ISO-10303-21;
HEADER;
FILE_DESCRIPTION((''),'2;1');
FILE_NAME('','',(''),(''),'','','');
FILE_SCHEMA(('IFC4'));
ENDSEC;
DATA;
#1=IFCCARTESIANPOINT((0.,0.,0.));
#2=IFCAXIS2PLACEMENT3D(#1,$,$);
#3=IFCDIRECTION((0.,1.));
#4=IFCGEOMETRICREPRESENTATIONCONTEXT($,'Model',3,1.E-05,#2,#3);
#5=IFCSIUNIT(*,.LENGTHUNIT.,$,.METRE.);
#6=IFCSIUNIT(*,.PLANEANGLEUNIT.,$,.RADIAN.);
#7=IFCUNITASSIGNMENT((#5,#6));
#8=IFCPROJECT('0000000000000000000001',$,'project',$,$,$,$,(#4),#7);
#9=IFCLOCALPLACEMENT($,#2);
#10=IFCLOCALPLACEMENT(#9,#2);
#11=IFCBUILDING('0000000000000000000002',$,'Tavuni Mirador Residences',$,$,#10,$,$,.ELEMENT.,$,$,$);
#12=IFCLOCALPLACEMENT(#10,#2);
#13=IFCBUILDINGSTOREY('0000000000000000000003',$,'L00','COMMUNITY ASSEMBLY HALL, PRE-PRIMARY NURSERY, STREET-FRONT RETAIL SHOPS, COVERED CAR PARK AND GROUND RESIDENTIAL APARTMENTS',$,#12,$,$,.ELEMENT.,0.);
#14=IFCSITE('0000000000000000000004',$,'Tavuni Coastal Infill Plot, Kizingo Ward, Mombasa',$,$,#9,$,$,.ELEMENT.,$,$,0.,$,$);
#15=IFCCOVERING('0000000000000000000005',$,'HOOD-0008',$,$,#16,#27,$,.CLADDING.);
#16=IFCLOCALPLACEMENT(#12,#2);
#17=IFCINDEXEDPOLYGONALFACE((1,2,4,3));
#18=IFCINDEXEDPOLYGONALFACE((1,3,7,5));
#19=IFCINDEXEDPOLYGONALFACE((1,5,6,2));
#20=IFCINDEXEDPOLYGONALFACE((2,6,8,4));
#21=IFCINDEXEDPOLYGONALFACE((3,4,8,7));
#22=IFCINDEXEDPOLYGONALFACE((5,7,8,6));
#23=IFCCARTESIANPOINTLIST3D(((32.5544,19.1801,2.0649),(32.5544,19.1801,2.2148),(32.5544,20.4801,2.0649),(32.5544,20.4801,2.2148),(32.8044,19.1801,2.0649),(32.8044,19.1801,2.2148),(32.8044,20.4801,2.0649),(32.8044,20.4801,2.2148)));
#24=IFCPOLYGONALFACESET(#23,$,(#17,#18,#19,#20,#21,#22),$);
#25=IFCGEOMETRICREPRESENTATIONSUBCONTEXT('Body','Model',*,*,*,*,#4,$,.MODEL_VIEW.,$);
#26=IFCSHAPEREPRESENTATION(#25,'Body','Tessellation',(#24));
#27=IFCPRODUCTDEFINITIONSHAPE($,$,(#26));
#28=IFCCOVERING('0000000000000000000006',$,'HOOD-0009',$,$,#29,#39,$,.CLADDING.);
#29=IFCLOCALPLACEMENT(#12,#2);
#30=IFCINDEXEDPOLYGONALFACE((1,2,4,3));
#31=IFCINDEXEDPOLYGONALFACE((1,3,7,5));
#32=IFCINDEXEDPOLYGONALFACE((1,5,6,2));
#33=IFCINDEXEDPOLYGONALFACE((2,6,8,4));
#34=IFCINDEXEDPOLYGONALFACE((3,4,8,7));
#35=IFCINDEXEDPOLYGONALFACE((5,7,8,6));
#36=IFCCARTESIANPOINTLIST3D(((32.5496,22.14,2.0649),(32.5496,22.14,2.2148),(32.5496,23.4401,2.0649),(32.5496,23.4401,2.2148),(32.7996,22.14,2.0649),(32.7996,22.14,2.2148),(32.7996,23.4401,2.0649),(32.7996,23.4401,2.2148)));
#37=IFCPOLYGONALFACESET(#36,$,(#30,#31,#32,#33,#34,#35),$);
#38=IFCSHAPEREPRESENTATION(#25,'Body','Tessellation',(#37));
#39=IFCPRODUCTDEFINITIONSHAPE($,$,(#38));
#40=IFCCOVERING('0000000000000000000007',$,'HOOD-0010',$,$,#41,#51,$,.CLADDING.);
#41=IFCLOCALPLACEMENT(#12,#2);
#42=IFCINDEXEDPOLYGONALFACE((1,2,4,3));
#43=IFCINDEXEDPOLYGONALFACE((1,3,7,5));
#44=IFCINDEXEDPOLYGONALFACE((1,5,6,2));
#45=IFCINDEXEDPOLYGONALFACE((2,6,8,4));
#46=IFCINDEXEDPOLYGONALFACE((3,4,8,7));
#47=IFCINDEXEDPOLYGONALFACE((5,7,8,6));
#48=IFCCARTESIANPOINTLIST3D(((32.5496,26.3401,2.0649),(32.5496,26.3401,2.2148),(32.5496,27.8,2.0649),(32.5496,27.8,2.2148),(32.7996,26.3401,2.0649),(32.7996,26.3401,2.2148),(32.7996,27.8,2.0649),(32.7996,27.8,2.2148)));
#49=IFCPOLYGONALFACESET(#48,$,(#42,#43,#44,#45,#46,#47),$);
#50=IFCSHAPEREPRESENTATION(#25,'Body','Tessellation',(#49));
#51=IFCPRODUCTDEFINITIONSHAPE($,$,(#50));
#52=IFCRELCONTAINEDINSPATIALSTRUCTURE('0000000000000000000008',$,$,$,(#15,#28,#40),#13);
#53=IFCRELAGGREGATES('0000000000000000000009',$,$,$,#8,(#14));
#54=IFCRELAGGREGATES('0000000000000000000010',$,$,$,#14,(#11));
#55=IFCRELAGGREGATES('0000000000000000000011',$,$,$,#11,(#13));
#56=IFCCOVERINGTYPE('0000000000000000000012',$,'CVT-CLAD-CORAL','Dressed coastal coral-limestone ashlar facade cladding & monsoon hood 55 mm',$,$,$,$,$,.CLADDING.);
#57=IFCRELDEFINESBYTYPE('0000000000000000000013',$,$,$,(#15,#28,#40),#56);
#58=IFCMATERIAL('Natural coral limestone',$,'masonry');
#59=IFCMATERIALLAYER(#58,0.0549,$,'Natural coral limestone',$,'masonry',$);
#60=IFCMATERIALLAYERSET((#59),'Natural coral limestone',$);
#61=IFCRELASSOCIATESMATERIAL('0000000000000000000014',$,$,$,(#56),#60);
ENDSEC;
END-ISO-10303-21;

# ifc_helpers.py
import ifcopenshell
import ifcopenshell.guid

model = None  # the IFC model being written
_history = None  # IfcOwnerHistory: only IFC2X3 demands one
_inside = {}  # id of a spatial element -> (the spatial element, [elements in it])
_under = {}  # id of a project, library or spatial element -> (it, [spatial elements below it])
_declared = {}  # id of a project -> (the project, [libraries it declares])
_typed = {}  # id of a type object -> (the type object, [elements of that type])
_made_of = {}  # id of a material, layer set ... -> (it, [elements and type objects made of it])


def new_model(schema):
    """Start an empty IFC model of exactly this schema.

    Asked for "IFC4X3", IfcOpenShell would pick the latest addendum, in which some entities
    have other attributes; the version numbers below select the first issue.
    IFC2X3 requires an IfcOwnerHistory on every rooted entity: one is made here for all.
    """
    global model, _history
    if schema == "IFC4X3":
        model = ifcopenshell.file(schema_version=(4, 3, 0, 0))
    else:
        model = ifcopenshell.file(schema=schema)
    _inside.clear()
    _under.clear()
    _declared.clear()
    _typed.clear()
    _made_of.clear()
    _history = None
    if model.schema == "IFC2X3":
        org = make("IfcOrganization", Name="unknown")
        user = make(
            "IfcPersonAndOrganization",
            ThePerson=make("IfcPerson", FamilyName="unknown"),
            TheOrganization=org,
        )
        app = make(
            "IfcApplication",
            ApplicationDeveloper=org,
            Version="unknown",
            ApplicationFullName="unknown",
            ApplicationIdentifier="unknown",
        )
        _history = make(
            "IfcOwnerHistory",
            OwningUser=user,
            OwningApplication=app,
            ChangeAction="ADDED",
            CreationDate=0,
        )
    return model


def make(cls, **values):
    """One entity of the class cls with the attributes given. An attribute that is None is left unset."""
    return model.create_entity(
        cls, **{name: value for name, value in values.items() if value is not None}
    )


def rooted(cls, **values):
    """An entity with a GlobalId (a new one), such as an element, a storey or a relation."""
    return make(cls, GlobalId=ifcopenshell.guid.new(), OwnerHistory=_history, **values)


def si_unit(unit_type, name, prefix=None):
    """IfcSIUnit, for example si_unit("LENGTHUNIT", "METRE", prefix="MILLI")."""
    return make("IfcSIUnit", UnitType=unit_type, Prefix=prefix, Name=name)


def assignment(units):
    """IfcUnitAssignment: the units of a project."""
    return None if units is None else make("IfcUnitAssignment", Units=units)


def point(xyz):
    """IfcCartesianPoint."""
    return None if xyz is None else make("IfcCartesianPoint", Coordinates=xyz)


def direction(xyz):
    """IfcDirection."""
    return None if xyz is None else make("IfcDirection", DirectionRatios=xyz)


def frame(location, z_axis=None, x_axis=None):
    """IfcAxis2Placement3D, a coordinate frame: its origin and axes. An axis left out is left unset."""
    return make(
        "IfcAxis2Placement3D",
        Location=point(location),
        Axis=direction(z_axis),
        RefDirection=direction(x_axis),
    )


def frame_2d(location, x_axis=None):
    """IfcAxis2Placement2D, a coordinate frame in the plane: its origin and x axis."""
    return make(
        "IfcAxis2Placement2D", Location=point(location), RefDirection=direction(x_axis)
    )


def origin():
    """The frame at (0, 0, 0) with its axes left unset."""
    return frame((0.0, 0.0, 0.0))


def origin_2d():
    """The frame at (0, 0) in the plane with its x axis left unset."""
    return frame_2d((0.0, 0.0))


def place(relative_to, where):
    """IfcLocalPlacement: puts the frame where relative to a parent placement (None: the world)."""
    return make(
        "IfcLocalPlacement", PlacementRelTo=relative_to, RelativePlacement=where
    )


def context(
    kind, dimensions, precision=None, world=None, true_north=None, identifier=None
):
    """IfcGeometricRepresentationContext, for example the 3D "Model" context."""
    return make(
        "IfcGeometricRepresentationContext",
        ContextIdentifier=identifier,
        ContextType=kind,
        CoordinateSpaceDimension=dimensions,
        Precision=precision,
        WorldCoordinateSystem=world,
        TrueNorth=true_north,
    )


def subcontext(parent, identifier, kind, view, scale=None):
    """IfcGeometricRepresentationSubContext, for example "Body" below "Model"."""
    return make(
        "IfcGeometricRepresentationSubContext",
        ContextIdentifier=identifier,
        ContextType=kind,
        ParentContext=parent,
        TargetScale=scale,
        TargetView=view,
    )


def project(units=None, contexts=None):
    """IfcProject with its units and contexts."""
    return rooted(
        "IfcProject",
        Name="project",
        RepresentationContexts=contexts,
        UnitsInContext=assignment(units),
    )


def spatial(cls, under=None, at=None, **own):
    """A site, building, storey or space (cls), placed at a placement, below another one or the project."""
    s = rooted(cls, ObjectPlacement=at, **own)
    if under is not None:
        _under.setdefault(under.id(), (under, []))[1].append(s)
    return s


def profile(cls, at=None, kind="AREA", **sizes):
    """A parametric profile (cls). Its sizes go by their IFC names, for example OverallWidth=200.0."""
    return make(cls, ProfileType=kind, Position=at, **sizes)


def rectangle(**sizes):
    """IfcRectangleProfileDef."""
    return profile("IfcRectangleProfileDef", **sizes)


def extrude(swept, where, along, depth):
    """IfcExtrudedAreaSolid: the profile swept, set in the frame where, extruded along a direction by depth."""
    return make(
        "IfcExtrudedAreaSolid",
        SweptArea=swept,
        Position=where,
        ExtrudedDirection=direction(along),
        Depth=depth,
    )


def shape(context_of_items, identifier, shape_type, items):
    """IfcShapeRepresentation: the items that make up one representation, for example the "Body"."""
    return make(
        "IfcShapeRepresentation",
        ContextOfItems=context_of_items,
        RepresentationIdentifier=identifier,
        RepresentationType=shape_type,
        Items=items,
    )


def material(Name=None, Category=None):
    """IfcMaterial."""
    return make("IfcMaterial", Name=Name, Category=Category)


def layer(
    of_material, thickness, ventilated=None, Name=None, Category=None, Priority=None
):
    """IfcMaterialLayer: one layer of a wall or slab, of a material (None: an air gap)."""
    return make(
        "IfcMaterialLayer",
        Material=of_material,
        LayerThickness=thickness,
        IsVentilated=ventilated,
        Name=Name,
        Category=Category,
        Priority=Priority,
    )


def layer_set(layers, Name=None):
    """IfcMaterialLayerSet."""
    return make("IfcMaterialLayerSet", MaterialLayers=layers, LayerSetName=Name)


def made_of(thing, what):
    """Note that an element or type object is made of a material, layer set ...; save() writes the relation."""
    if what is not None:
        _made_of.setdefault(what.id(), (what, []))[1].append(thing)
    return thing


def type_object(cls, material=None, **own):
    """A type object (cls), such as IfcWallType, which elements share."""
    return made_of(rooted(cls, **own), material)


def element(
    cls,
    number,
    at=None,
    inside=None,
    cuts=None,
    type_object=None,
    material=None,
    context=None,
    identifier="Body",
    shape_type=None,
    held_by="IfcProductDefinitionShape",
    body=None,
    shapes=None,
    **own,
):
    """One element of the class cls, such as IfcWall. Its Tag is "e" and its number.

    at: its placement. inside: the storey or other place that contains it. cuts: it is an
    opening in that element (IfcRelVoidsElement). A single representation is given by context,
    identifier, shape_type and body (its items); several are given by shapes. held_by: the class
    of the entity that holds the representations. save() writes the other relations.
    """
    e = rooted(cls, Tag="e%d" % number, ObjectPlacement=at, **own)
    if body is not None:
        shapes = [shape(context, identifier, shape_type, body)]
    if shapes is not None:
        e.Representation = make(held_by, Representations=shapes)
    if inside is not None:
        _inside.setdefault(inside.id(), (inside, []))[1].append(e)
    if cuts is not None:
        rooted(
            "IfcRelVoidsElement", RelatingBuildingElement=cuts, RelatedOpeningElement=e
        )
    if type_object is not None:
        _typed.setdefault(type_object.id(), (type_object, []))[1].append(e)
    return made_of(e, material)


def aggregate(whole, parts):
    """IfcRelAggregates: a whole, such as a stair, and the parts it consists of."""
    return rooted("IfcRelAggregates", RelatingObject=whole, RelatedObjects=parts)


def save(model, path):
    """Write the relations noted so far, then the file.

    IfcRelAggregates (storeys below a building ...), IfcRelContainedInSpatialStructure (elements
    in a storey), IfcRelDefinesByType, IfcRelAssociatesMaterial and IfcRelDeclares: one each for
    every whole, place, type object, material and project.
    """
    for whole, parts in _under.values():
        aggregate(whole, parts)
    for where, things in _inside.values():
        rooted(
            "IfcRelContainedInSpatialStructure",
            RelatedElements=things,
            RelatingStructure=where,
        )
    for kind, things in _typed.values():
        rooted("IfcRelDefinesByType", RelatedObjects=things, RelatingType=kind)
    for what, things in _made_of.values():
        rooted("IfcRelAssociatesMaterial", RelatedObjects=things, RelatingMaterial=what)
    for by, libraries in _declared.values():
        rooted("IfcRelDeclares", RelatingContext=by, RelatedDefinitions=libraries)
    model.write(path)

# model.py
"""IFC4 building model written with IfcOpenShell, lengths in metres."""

from ifc_helpers import new_model, si_unit, direction, frame, origin, origin_2d, place, context, subcontext, project, spatial, rectangle, extrude, material, layer, layer_set, type_object, element, save


model = new_model("IFC4")

# Units and contexts
model_context = context("Model", 3, precision=1e-05, world=origin(), true_north=direction((0.0, 1.0)))
body_context = subcontext(model_context, "Body", "Model", "MODEL_VIEW")
ifc_project = project(units=[si_unit("LENGTHUNIT", "METRE"), si_unit("PLANEANGLEUNIT", "RADIAN")], contexts=[model_context])

# Site, building, storey
site_placement = place(None, origin())
site = spatial("IfcSite", under=ifc_project, at=site_placement, Name="Tavuni Coastal Infill Plot, Kizingo Ward, Mombasa", CompositionType="ELEMENT", RefElevation=0.0)
building_placement = place(site_placement, origin())
building = spatial("IfcBuilding", under=site, at=building_placement, Name="Tavuni Mirador Residences", CompositionType="ELEMENT")
storey_placement = place(building_placement, origin())
storey = spatial("IfcBuildingStorey", under=building, at=storey_placement, Name="L00", Description="COMMUNITY ASSEMBLY HALL, PRE-PRIMARY NURSERY, STREET-FRONT RETAIL SHOPS, COVERED CAR PARK AND GROUND RESIDENTIAL APARTMENTS", CompositionType="ELEMENT", Elevation=0.0)

# Coverings
ifc_material_1 = material(Name="Natural coral limestone", Category="masonry")
ifc_layer_1 = layer(ifc_material_1, 0.0549, Name="Natural coral limestone", Category="masonry")
ifc_layer_set_1 = layer_set([ifc_layer_1], Name="Natural coral limestone")
covering_type = type_object("IfcCoveringType", Name="CVT-CLAD-CORAL", Description="Dressed coastal coral-limestone ashlar facade cladding & monsoon hood 55 mm", PredefinedType="CLADDING", material=ifc_layer_set_1)
for number, where, z_axis, x_axis, name in (
    (1, (32.6794, 19.8301, 2.0649), (0.0, 0.0, 1.0), (0.0, 1.0, 0.0), "HOOD-0008"),
    (2, (32.6746, 22.79, 2.0649), (0.0, 0.0, 1.0), (0.0, 1.0, 0.0), "HOOD-0009"),
):
    element("IfcCovering", number, at=place(storey_placement, frame(where, z_axis=z_axis, x_axis=x_axis)), inside=storey, type_object=covering_type, Name=name, PredefinedType="CLADDING", context=body_context, shape_type="SweptSolid", body=[
        extrude(rectangle(XDim=1.3, YDim=0.25, at=origin_2d()), origin(), (0.0, 0.0, 1.0), 0.1499),
    ])
covering_1_placement = place(storey_placement, frame((32.6746, 27.0701, 2.0649), z_axis=(0.0, 0.0, 1.0), x_axis=(0.0, 1.0, 0.0)))
element("IfcCovering", 3, at=covering_1_placement, inside=storey, type_object=covering_type, Name="HOOD-0010", PredefinedType="CLADDING", context=body_context, shape_type="SweptSolid", body=[
    extrude(rectangle(XDim=1.46, YDim=0.25, at=origin_2d()), origin(), (0.0, 0.0, 1.0), 0.1499),
])

save(model, "model.ifc")
